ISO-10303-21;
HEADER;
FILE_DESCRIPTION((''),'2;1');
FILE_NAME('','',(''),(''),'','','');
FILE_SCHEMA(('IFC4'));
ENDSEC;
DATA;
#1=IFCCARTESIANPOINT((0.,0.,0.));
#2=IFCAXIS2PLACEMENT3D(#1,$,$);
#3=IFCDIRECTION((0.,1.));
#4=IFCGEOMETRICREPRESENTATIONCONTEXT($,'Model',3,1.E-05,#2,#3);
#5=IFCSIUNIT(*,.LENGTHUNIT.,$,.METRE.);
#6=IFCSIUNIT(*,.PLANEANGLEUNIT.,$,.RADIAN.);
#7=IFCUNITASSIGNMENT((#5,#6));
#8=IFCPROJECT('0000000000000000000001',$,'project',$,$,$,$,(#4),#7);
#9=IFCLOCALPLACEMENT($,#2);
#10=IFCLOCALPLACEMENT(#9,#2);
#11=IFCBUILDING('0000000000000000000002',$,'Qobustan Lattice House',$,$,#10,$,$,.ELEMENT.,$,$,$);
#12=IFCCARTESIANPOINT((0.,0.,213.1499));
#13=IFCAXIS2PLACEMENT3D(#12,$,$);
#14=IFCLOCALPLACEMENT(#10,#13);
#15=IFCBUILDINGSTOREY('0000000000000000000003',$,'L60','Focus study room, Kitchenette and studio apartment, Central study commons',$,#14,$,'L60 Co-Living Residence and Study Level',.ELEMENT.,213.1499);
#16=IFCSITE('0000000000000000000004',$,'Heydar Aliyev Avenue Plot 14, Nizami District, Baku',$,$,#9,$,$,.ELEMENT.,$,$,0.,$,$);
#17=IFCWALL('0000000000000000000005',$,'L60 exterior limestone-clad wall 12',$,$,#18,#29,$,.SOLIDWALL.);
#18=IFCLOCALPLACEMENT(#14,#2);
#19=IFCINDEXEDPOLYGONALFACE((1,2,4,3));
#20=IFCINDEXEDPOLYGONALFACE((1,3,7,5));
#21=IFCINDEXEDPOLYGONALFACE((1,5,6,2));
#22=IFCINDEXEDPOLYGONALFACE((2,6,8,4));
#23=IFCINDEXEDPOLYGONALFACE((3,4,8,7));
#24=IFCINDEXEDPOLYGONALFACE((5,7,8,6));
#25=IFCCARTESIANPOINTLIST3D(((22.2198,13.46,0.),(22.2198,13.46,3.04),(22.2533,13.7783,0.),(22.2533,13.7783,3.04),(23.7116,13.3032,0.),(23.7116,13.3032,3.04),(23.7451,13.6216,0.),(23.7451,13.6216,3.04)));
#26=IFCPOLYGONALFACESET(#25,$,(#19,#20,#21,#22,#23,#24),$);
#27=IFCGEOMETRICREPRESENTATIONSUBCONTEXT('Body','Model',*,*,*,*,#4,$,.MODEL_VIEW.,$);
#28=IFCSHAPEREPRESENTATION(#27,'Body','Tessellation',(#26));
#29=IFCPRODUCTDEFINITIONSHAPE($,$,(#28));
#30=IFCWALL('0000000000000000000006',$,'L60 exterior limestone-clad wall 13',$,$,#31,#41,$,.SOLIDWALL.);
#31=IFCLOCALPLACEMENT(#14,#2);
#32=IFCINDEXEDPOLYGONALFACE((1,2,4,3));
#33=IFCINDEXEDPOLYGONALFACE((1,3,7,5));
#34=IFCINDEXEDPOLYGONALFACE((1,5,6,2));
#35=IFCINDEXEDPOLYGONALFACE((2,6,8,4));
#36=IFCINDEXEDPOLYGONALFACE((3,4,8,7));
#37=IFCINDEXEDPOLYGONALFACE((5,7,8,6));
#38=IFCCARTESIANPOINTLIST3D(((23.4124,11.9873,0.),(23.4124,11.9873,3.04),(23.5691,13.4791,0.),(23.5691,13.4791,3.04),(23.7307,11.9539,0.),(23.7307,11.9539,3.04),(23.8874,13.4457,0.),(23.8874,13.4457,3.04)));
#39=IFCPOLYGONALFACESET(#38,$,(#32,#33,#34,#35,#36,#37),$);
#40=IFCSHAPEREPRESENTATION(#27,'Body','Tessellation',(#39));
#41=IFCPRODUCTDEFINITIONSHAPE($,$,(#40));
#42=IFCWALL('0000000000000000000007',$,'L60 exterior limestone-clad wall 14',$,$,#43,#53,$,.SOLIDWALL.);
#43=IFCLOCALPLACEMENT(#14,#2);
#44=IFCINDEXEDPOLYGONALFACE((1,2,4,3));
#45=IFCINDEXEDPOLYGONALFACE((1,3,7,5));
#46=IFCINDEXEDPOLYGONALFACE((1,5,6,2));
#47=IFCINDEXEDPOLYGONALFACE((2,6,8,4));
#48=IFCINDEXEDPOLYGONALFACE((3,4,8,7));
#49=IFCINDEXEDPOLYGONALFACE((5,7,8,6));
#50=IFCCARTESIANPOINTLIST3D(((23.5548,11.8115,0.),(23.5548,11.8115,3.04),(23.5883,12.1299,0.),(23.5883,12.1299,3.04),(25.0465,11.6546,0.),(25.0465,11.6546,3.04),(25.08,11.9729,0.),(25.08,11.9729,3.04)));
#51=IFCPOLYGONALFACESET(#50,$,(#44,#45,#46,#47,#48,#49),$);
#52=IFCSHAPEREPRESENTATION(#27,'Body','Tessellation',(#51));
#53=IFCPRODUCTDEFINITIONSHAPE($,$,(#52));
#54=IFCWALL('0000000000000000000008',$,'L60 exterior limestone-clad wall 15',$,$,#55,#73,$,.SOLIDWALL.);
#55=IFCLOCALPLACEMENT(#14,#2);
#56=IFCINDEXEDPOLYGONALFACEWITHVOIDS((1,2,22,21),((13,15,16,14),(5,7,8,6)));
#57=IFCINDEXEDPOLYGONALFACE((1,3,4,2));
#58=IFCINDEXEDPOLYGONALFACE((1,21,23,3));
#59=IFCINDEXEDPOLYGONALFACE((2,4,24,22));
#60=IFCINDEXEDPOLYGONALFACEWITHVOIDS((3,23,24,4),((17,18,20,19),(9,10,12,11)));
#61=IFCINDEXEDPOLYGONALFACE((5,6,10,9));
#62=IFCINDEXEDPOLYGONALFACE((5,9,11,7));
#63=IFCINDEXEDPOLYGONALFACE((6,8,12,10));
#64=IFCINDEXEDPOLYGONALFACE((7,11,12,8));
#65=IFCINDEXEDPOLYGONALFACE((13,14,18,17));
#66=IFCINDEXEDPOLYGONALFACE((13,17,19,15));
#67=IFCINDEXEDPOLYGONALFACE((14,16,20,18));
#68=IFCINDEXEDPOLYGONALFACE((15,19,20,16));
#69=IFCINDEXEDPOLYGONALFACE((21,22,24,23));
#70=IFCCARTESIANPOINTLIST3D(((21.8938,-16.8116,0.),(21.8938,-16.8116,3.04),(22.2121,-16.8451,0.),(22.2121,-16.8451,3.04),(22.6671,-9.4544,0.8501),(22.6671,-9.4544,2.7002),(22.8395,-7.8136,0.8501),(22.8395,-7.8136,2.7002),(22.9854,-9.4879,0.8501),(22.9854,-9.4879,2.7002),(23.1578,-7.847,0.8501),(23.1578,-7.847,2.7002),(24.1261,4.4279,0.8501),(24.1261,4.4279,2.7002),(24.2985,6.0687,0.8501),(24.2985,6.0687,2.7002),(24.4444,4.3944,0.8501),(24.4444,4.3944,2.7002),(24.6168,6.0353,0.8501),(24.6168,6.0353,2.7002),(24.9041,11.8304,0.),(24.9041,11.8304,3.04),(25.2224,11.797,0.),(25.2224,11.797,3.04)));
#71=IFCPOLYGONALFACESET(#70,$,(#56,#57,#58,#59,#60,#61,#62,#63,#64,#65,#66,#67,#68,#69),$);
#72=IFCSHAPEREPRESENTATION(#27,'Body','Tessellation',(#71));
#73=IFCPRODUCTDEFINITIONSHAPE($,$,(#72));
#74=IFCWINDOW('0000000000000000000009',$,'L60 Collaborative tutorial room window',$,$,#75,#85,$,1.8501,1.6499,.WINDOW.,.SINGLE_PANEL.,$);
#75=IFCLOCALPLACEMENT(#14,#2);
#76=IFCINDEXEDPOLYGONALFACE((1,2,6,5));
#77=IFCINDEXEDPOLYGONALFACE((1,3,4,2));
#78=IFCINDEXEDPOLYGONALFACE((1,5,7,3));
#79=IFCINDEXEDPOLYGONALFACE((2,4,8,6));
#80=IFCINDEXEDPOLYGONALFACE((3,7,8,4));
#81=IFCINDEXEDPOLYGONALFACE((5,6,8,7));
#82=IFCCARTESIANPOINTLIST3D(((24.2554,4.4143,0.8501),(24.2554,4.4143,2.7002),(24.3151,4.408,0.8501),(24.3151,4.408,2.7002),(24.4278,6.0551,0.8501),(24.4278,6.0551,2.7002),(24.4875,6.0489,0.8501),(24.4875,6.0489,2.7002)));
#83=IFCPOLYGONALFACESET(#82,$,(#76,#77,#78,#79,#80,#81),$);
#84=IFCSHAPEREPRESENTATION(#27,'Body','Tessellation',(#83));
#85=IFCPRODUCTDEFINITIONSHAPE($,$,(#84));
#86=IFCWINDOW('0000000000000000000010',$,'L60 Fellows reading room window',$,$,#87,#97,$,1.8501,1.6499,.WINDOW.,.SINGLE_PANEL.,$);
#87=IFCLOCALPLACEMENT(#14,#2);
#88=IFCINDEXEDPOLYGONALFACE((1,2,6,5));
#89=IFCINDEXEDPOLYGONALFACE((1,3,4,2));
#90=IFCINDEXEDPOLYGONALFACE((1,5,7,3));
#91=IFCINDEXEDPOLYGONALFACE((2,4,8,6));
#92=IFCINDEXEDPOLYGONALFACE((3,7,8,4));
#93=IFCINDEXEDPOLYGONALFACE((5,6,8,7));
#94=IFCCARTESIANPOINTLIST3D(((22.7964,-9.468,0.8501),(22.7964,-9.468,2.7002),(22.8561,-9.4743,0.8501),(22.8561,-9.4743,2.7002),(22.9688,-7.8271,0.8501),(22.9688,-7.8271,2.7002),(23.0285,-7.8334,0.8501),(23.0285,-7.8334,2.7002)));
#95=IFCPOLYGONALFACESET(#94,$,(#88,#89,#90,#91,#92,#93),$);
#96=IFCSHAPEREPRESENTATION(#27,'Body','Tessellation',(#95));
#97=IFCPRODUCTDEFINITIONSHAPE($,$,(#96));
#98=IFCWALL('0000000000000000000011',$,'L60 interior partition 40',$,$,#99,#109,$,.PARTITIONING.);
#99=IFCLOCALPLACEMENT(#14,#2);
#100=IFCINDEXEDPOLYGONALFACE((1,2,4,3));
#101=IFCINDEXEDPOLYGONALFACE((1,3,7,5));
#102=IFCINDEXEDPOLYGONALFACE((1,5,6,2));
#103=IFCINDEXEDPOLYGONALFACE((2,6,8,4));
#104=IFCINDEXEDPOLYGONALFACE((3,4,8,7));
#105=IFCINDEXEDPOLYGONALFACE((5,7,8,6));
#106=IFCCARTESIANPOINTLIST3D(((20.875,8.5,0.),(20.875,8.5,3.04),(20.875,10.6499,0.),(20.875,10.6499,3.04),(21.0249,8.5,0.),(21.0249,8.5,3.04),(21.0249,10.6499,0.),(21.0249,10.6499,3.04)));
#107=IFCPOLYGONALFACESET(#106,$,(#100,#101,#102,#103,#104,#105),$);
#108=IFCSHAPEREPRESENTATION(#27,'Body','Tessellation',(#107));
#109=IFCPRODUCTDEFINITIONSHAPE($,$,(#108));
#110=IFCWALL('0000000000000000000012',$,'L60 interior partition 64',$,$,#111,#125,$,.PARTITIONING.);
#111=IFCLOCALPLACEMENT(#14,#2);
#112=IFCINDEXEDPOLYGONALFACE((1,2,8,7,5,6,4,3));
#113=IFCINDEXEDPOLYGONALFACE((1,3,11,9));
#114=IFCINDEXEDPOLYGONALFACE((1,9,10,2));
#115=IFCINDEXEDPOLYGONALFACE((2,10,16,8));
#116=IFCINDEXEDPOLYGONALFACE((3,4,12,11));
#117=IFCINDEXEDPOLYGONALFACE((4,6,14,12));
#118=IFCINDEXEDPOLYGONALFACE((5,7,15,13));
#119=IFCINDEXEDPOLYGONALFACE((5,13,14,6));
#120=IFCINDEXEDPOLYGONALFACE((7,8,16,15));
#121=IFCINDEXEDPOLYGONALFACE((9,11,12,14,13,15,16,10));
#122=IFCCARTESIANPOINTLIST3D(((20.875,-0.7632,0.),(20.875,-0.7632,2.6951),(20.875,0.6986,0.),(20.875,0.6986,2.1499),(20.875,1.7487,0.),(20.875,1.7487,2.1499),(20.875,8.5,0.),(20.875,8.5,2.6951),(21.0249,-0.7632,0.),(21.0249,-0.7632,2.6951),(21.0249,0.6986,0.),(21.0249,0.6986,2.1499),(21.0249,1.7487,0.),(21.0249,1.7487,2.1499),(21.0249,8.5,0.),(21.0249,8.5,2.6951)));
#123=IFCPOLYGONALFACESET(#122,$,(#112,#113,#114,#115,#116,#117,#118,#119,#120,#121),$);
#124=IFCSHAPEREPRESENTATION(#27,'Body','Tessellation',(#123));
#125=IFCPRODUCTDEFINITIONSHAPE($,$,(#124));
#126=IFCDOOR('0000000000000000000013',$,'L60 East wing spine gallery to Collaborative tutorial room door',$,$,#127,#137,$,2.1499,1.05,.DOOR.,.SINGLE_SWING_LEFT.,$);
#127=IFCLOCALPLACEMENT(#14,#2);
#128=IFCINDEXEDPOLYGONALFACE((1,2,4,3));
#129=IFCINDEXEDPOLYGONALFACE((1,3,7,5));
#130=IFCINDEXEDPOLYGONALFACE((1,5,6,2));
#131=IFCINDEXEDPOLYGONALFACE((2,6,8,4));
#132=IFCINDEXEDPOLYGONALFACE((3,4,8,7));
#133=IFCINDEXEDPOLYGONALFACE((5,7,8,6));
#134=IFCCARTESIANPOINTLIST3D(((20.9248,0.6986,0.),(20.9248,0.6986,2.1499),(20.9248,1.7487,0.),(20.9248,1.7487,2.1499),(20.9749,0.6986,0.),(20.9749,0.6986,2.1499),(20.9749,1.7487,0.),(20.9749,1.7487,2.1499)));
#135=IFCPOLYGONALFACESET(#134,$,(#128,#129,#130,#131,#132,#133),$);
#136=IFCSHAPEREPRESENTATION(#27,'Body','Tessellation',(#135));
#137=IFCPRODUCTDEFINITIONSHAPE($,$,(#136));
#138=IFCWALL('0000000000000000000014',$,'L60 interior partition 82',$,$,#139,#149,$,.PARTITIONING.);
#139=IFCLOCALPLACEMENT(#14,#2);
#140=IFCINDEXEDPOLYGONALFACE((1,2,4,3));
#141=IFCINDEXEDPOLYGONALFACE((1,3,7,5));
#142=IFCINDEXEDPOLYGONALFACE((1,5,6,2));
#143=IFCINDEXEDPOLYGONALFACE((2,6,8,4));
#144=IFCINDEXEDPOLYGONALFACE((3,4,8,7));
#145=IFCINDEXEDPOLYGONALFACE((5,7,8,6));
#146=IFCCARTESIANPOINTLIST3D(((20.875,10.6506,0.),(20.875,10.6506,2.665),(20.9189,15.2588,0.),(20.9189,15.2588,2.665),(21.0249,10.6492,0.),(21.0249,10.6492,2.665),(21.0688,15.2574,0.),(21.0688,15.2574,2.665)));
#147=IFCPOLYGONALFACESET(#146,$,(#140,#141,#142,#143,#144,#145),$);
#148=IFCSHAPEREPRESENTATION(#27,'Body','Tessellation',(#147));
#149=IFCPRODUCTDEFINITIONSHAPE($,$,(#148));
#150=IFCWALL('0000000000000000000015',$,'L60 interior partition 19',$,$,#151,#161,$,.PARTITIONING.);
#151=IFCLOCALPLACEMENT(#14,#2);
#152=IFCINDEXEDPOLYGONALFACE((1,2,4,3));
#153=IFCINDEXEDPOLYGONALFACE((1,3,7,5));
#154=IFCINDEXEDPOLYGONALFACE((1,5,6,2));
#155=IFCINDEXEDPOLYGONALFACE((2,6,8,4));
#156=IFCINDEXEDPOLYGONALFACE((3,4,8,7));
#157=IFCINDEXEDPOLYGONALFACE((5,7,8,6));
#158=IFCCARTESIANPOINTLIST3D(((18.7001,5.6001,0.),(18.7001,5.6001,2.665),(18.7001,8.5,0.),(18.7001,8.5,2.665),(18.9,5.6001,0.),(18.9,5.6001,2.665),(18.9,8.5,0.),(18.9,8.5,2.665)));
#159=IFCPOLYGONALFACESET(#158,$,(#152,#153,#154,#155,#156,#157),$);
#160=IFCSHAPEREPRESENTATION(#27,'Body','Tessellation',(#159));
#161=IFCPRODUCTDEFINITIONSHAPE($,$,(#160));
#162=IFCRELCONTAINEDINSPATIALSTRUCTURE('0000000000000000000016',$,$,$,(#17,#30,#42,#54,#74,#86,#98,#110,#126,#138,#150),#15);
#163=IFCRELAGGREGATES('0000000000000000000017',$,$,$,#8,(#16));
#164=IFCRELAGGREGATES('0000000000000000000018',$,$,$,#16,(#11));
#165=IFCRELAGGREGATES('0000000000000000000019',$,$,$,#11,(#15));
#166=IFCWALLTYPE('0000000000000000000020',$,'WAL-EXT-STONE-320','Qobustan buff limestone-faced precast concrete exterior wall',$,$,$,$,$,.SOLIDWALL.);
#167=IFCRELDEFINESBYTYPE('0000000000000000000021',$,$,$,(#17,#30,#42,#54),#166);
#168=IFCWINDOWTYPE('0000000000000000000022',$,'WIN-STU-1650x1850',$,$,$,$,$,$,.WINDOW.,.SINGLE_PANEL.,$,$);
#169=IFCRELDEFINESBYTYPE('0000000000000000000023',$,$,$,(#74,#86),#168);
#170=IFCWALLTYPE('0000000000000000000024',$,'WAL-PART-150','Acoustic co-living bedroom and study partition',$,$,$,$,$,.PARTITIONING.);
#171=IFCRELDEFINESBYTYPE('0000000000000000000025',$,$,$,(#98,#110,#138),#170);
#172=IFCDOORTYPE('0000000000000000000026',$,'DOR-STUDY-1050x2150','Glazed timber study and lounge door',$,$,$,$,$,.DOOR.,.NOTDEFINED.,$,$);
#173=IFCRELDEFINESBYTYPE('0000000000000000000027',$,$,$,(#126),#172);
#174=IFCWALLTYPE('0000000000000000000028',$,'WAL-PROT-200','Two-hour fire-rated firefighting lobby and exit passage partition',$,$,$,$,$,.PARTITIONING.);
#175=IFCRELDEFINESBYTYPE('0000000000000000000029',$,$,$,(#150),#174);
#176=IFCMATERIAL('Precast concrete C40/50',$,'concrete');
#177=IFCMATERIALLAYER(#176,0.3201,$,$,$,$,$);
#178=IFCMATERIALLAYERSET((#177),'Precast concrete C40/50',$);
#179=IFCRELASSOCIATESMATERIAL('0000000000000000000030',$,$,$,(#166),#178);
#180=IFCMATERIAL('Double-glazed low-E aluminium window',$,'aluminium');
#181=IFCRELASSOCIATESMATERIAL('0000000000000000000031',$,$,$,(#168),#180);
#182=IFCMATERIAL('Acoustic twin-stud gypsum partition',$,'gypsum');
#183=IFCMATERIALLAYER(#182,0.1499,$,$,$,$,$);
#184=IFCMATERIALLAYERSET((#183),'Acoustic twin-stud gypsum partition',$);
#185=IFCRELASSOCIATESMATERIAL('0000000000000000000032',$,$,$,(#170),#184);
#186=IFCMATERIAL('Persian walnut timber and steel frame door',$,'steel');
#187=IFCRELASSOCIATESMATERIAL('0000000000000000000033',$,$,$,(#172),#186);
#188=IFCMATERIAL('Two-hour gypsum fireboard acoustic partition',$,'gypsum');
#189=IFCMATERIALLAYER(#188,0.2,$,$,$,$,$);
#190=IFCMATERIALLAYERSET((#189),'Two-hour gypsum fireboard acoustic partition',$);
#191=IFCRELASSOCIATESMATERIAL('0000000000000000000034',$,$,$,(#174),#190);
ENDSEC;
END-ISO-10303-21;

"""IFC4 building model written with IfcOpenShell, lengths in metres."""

from ifc_helpers import new_model, si_unit, direction, frame, frame_2d, origin, place, context, subcontext, project, spatial, rectangle, extrude, material, layer, layer_set, type_object, element, fill, save


model = new_model("IFC4")

# Units and contexts
model_context = context("Model", 3, precision=1e-05, world=origin(), true_north=direction((0.0, 1.0)))
body_context = subcontext(model_context, "Body", "Model", "MODEL_VIEW")
ifc_project = project(units=[si_unit("LENGTHUNIT", "METRE"), si_unit("PLANEANGLEUNIT", "RADIAN")], contexts=[model_context])

# Site, building, storey
site_placement = place(None, origin())
site = spatial("IfcSite", under=ifc_project, at=site_placement, Name="Heydar Aliyev Avenue Plot 14, Nizami District, Baku", CompositionType="ELEMENT", RefElevation=0.0)
building_placement = place(site_placement, origin())
building = spatial("IfcBuilding", under=site, at=building_placement, Name="Qobustan Lattice House", CompositionType="ELEMENT")
storey_placement = place(building_placement, frame((0.0, 0.0, 213.1499)))
storey = spatial("IfcBuildingStorey", under=building, at=storey_placement, Name="L60", Description="Focus study room, Kitchenette and studio apartment, Central study commons", LongName="L60 Co-Living Residence and Study Level", CompositionType="ELEMENT", Elevation=213.1499)

# Walls
ifc_material_1 = material(Name="Precast concrete C40/50", Category="concrete")
ifc_layer_1 = layer(ifc_material_1, 0.3201)
ifc_layer_set_1 = layer_set([ifc_layer_1], Name="Precast concrete C40/50")
wall_type_1 = type_object("IfcWallType", Name="WAL-EXT-STONE-320", Description="Qobustan buff limestone-faced precast concrete exterior wall", PredefinedType="SOLIDWALL", material=ifc_layer_set_1)
for number, where, z_axis, x_axis, name in (
    (1, (22.2366, 13.6191, 0.0), (0.0, 0.0, 1.0), (0.994525, -0.104498, 0.0), "L60 exterior limestone-clad wall 12"),
    (2, (23.7283, 13.4624, 0.0), (0.0, 0.0, 1.0), (-0.104498, -0.994525, 0.0), "L60 exterior limestone-clad wall 13"),
    (3, (23.5715, 11.9707, 0.0), (0.0, 0.0, 1.0), (0.994508, -0.104659, 0.0), "L60 exterior limestone-clad wall 14"),
):
    element("IfcWall", number, at=place(storey_placement, frame(where, z_axis=z_axis, x_axis=x_axis)), inside=storey, type_object=wall_type_1, Name=name, PredefinedType="SOLIDWALL", context=body_context, shape_type="SweptSolid", body=[
        extrude(rectangle(XDim=1.5, YDim=0.3201, at=frame_2d((0.75, 0.0))), origin(), (0.0, 0.0, 1.0), 3.04),
    ])

# Wall, openings, windows
wall_1_placement = place(storey_placement, frame((25.0632, 11.8137, 0.0), z_axis=(0.0, 0.0, 1.0), x_axis=(-0.104523, -0.994522, 0.0)))
wall_1 = element("IfcWall", 4, at=wall_1_placement, inside=storey, type_object=wall_type_1, Name="L60 exterior limestone-clad wall 15", PredefinedType="SOLIDWALL", context=body_context, shape_type="SweptSolid", body=[
    extrude(rectangle(XDim=28.7998, YDim=0.3201, at=frame_2d((14.3999, 0.0))), origin(), (0.0, 0.0, 1.0), 3.04),
])
opening_1_placement = place(wall_1_placement, frame((5.7935, 0.0, 0.8501)))
opening_1 = element("IfcOpeningElement", 5, at=opening_1_placement, cuts=wall_1, PredefinedType="OPENING", context=body_context, shape_type="SweptSolid", body=[
    extrude(rectangle(XDim=1.6499, YDim=1.8501, at=frame_2d((0.825, 0.925))), frame((0.0, 0.1699, 0.0), z_axis=(0.0, -1.0, 0.0), x_axis=(1.0, 0.0, 0.0)), (0.0, 0.0, 1.0), 0.3401),
])
opening_2_placement = place(wall_1_placement, frame((19.7522, 0.0, 0.8501)))
opening_2 = element("IfcOpeningElement", 6, at=opening_2_placement, cuts=wall_1, PredefinedType="OPENING", context=body_context, shape_type="SweptSolid", body=[
    extrude(rectangle(XDim=1.6499, YDim=1.8501, at=frame_2d((0.825, 0.925))), frame((0.0, 0.1699, 0.0), z_axis=(0.0, -1.0, 0.0), x_axis=(1.0, 0.0, 0.0)), (0.0, 0.0, 1.0), 0.3401),
])
ifc_material_2 = material(Name="Double-glazed low-E aluminium window", Category="aluminium")
window_type = type_object("IfcWindowType", Name="WIN-STU-1650x1850", PartitioningType="SINGLE_PANEL", PredefinedType="WINDOW", material=ifc_material_2)
window_1_placement = place(opening_1_placement, origin())
window_1 = element("IfcWindow", 7, at=window_1_placement, inside=storey, type_object=window_type, Name="L60 Collaborative tutorial room window", OverallHeight=1.8501, OverallWidth=1.6499, PartitioningType="SINGLE_PANEL", PredefinedType="WINDOW", context=body_context, shape_type="SweptSolid", body=[
    extrude(rectangle(XDim=1.6499, YDim=1.8501, at=frame_2d((0.825, 0.925))), frame((0.0, 0.03, 0.0), z_axis=(0.0, -1.0, 0.0), x_axis=(1.0, 0.0, 0.0)), (0.0, 0.0, 1.0), 0.0601),
])
fill(opening_1, window_1)
window_2_placement = place(opening_2_placement, origin())
window_2 = element("IfcWindow", 8, at=window_2_placement, inside=storey, type_object=window_type, Name="L60 Fellows reading room window", OverallHeight=1.8501, OverallWidth=1.6499, PartitioningType="SINGLE_PANEL", PredefinedType="WINDOW", context=body_context, shape_type="SweptSolid", body=[
    extrude(rectangle(XDim=1.6499, YDim=1.8501, at=frame_2d((0.825, 0.925))), frame((0.0, 0.03, 0.0), z_axis=(0.0, -1.0, 0.0), x_axis=(1.0, 0.0, 0.0)), (0.0, 0.0, 1.0), 0.0601),
])
fill(opening_2, window_2)

# Wall
ifc_material_3 = material(Name="Acoustic twin-stud gypsum partition", Category="gypsum")
ifc_layer_2 = layer(ifc_material_3, 0.1499)
ifc_layer_set_2 = layer_set([ifc_layer_2], Name="Acoustic twin-stud gypsum partition")
wall_type_2 = type_object("IfcWallType", Name="WAL-PART-150", Description="Acoustic co-living bedroom and study partition", PredefinedType="PARTITIONING", material=ifc_layer_set_2)
wall_2_placement = place(storey_placement, frame((20.95, 10.6499, 0.0), z_axis=(0.0, 0.0, 1.0), x_axis=(0.0, -1.0, 0.0)))
element("IfcWall", 9, at=wall_2_placement, inside=storey, type_object=wall_type_2, Name="L60 interior partition 40", PredefinedType="PARTITIONING", context=body_context, shape_type="SweptSolid", body=[
    extrude(rectangle(XDim=2.1499, YDim=0.1499, at=frame_2d((1.075, 0.0))), origin(), (0.0, 0.0, 1.0), 3.04),
])

# Wall, opening, door
wall_3_placement = place(storey_placement, frame((20.95, 8.5, 0.0), z_axis=(0.0, 0.0, 1.0), x_axis=(0.0, -1.0, 0.0)))
wall_3 = element("IfcWall", 10, at=wall_3_placement, inside=storey, type_object=wall_type_2, Name="L60 interior partition 64", PredefinedType="PARTITIONING", context=body_context, shape_type="SweptSolid", body=[
    extrude(rectangle(XDim=9.2632, YDim=0.1499, at=frame_2d((4.6316, 0.0))), origin(), (0.0, 0.0, 1.0), 2.6951),
])
opening_3_placement = place(wall_3_placement, frame((6.7515, 0.0, 0.0)))
opening_3 = element("IfcOpeningElement", 11, at=opening_3_placement, cuts=wall_3, PredefinedType="OPENING", context=body_context, shape_type="SweptSolid", body=[
    extrude(rectangle(XDim=1.05, YDim=2.1499, at=frame_2d((0.5249, 1.075))), frame((0.0, 0.085, 0.0), z_axis=(0.0, -1.0, 0.0), x_axis=(1.0, 0.0, 0.0)), (0.0, 0.0, 1.0), 0.1699),
])
ifc_material_4 = material(Name="Persian walnut timber and steel frame door", Category="steel")
door_type_1 = type_object("IfcDoorType", Name="DOR-STUDY-1050x2150", Description="Glazed timber study and lounge door", OperationType="NOTDEFINED", PredefinedType="DOOR", material=ifc_material_4)
door_1_placement = place(opening_3_placement, origin())
door_1 = element("IfcDoor", 12, at=door_1_placement, inside=storey, type_object=door_type_1, Name="L60 East wing spine gallery to Collaborative tutorial room door", OperationType="SINGLE_SWING_LEFT", OverallHeight=2.1499, OverallWidth=1.05, PredefinedType="DOOR", context=body_context, shape_type="SweptSolid", body=[
    extrude(rectangle(XDim=1.05, YDim=2.1499, at=frame_2d((0.5249, 1.075))), frame((0.0, 0.0249, 0.0), z_axis=(0.0, -1.0, 0.0), x_axis=(1.0, 0.0, 0.0)), (0.0, 0.0, 1.0), 0.05),
])
fill(opening_3, door_1)

# Wall
wall_4_placement = place(storey_placement, frame((20.95, 10.6499, 0.0), z_axis=(0.0, 0.0, 1.0), x_axis=(0.009536, 0.999955, 0.0)))
element("IfcWall", 13, at=wall_4_placement, inside=storey, type_object=wall_type_2, Name="L60 interior partition 82", PredefinedType="PARTITIONING", context=body_context, shape_type="SweptSolid", body=[
    extrude(rectangle(XDim=4.6084, YDim=0.1499, at=frame_2d((2.3042, 0.0))), origin(), (0.0, 0.0, 1.0), 2.665),
])

# Shared definitions
ifc_material_5 = material(Name="Two-hour gypsum fireboard acoustic partition", Category="gypsum")
ifc_layer_3 = layer(ifc_material_5, 0.2)
ifc_layer_set_3 = layer_set([ifc_layer_3], Name="Two-hour gypsum fireboard acoustic partition")
wall_type_3 = type_object("IfcWallType", Name="WAL-PROT-200", Description="Two-hour fire-rated firefighting lobby and exit passage partition", PredefinedType="PARTITIONING", material=ifc_layer_set_3)

# Wall
wall_5_placement = place(storey_placement, frame((18.8, 5.6001, 0.0), z_axis=(0.0, 0.0, 1.0), x_axis=(0.0, 1.0, 0.0)))
element("IfcWall", 14, at=wall_5_placement, inside=storey, type_object=wall_type_3, Name="L60 interior partition 19", PredefinedType="PARTITIONING", context=body_context, shape_type="SweptSolid", body=[
    extrude(rectangle(XDim=2.8999, YDim=0.2, at=frame_2d((1.45, 0.0))), origin(), (0.0, 0.0, 1.0), 2.665),
])

save(model, "model.ifc")
